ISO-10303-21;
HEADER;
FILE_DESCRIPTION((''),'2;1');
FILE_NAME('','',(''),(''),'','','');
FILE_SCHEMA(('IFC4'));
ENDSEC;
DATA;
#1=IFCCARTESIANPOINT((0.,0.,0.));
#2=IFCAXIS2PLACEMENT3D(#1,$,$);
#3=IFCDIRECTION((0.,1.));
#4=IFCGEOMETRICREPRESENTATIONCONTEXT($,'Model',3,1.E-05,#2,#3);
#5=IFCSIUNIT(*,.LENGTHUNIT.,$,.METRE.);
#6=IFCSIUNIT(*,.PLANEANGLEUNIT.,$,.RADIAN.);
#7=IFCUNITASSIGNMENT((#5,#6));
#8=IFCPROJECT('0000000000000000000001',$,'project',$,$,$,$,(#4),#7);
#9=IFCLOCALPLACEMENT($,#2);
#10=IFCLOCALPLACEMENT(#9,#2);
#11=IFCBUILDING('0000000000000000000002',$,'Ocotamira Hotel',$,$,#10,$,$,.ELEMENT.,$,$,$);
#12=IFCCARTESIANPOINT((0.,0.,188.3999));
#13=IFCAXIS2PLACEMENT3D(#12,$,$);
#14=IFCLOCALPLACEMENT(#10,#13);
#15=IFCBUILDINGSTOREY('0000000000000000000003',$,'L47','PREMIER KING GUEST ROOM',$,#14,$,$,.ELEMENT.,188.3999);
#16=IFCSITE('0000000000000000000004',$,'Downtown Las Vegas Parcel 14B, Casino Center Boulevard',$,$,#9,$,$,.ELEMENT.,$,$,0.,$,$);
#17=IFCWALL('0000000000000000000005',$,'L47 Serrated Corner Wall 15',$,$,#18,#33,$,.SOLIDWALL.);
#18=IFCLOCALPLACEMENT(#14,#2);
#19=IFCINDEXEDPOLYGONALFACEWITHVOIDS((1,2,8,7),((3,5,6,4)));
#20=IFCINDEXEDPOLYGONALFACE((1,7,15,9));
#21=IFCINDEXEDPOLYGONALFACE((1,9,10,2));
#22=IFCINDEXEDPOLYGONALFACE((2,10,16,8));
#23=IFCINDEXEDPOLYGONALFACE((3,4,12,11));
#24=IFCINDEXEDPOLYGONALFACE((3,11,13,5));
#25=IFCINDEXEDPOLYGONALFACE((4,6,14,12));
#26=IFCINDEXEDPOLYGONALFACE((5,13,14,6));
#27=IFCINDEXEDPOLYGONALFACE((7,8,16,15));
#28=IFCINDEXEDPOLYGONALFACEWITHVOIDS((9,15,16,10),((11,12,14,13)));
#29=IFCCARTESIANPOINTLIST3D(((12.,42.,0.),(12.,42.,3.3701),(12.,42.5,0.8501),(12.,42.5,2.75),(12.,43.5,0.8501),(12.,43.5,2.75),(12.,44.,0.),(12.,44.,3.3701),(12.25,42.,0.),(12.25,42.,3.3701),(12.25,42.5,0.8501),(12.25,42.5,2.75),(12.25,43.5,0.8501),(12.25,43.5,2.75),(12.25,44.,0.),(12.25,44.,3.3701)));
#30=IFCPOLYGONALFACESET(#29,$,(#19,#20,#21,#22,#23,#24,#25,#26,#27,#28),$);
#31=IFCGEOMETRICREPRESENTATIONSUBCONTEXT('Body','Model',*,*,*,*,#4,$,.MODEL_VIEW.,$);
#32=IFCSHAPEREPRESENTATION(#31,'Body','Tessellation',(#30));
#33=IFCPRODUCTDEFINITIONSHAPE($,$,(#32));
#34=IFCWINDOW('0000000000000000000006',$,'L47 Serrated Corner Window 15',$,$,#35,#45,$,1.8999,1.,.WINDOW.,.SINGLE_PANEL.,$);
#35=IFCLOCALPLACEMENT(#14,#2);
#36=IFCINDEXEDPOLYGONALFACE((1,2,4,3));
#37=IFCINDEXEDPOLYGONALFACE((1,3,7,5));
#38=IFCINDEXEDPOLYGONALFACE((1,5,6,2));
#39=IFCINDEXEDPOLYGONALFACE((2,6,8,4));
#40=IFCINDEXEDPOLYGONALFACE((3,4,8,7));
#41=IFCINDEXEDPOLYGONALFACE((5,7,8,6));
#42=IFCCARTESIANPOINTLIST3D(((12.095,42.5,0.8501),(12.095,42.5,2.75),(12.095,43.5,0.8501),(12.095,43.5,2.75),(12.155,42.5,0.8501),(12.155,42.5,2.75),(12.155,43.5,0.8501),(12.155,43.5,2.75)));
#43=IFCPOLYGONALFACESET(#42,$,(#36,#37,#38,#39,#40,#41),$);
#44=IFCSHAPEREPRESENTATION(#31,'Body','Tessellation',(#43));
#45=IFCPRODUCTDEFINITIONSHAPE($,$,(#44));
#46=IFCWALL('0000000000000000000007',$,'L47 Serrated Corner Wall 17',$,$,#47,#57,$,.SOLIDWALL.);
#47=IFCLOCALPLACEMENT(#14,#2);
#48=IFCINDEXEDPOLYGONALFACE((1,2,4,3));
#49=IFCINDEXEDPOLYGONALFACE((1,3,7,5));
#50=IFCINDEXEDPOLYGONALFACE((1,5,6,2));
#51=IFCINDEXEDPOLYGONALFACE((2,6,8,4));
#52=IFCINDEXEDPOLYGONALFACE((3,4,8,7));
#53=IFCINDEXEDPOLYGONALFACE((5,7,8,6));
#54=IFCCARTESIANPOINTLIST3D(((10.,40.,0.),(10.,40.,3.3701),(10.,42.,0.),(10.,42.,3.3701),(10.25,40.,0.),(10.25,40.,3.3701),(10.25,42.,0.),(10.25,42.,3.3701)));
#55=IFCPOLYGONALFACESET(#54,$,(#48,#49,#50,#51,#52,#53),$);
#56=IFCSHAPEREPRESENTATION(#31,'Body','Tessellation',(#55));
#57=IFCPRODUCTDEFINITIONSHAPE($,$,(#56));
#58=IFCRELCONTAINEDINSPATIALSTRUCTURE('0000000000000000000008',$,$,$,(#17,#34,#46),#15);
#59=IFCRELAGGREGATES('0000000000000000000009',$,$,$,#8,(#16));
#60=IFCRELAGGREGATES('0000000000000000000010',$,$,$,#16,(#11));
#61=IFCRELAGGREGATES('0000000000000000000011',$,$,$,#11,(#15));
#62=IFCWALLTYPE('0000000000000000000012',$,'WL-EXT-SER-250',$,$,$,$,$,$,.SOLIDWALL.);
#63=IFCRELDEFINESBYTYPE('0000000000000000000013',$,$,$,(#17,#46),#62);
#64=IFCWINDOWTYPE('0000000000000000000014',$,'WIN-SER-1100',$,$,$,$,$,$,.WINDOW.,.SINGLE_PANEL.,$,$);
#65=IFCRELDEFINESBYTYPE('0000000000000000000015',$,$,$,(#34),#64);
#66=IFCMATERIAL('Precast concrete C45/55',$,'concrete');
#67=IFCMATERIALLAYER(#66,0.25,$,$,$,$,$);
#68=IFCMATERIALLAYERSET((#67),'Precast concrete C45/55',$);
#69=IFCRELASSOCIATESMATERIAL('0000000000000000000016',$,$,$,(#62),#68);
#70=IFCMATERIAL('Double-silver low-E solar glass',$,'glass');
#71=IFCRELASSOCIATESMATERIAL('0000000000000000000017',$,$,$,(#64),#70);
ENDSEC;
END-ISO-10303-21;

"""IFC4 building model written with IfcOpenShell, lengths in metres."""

from ifc_helpers import new_model, si_unit, direction, frame, frame_2d, origin, place, context, subcontext, project, spatial, rectangle, extrude, source, transform, mapped, material, layer, layer_set, type_object, element, fill, save


model = new_model("IFC4")

# Units and contexts
model_context = context("Model", 3, precision=1e-05, world=origin(), true_north=direction((0.0, 1.0)))
body_context = subcontext(model_context, "Body", "Model", "MODEL_VIEW")
ifc_project = project(units=[si_unit("LENGTHUNIT", "METRE"), si_unit("PLANEANGLEUNIT", "RADIAN")], contexts=[model_context])

# Site, building, storey
site_placement = place(None, origin())
site = spatial("IfcSite", under=ifc_project, at=site_placement, Name="Downtown Las Vegas Parcel 14B, Casino Center Boulevard", CompositionType="ELEMENT", RefElevation=0.0)
building_placement = place(site_placement, origin())
building = spatial("IfcBuilding", under=site, at=building_placement, Name="Ocotamira Hotel", CompositionType="ELEMENT")
storey_placement = place(building_placement, frame((0.0, 0.0, 188.3999)))
storey = spatial("IfcBuildingStorey", under=building, at=storey_placement, Name="L47", Description="PREMIER KING GUEST ROOM", CompositionType="ELEMENT", Elevation=188.3999)

# Shared definitions
ifc_material_1 = material(Name="Precast concrete C45/55", Category="concrete")
ifc_layer_1 = layer(ifc_material_1, 0.25)
ifc_layer_set_1 = layer_set([ifc_layer_1], Name="Precast concrete C45/55")
wall_type = type_object("IfcWallType", Name="WL-EXT-SER-250", PredefinedType="SOLIDWALL", material=ifc_layer_set_1)

# Wall, opening, window
wall_1_placement = place(storey_placement, frame((12.125, 44.0, 0.0), z_axis=(0.0, 0.0, 1.0), x_axis=(0.0, -1.0, 0.0)))
wall_1 = element("IfcWall", 1, at=wall_1_placement, inside=storey, type_object=wall_type, Name="L47 Serrated Corner Wall 15", PredefinedType="SOLIDWALL", context=body_context, shape_type="SweptSolid", body=[
    extrude(rectangle(XDim=2.0, YDim=0.25, at=frame_2d((1.0, 0.0))), origin(), (0.0, 0.0, 1.0), 3.3701),
])
opening_placement = place(wall_1_placement, frame((0.5, 0.0, 0.8501)))
opening = element("IfcOpeningElement", 2, at=opening_placement, cuts=wall_1, PredefinedType="OPENING", context=body_context, shape_type="SweptSolid", body=[
    extrude(rectangle(XDim=1.0, YDim=1.8999, at=frame_2d((0.5, 0.95))), frame((0.0, 0.135, 0.0), z_axis=(0.0, -1.0, 0.0), x_axis=(1.0, 0.0, 0.0)), (0.0, 0.0, 1.0), 0.27),
])
ifc_material_2 = material(Name="Double-silver low-E solar glass", Category="glass")
window_type = type_object("IfcWindowType", Name="WIN-SER-1100", PartitioningType="SINGLE_PANEL", PredefinedType="WINDOW", material=ifc_material_2)
shared_shape_1 = source(origin(), body_context, "Body", "SweptSolid", [
    extrude(rectangle(XDim=1.0, YDim=1.8999, at=frame_2d((0.5, 0.95))), frame((0.0, 0.03, 0.0), z_axis=(0.0, -1.0, 0.0), x_axis=(1.0, 0.0, 0.0)), (0.0, 0.0, 1.0), 0.0601),
])
window_placement = place(opening_placement, origin())
window = element("IfcWindow", 3, at=window_placement, inside=storey, type_object=window_type, Name="L47 Serrated Corner Window 15", OverallHeight=1.8999, OverallWidth=1.0, PartitioningType="SINGLE_PANEL", PredefinedType="WINDOW", context=body_context, shape_type="MappedRepresentation", body=[
    mapped(shared_shape_1, transform((0.0, 0.0, 0.0), scale=1.0)),
])
fill(opening, window)

# Wall
wall_2_placement = place(storey_placement, frame((10.125, 42.0, 0.0), z_axis=(0.0, 0.0, 1.0), x_axis=(0.0, -1.0, 0.0)))
element("IfcWall", 4, at=wall_2_placement, inside=storey, type_object=wall_type, Name="L47 Serrated Corner Wall 17", PredefinedType="SOLIDWALL", context=body_context, shape_type="SweptSolid", body=[
    extrude(rectangle(XDim=2.0, YDim=0.25, at=frame_2d((1.0, 0.0))), origin(), (0.0, 0.0, 1.0), 3.3701),
])

save(model, "model.ifc")
